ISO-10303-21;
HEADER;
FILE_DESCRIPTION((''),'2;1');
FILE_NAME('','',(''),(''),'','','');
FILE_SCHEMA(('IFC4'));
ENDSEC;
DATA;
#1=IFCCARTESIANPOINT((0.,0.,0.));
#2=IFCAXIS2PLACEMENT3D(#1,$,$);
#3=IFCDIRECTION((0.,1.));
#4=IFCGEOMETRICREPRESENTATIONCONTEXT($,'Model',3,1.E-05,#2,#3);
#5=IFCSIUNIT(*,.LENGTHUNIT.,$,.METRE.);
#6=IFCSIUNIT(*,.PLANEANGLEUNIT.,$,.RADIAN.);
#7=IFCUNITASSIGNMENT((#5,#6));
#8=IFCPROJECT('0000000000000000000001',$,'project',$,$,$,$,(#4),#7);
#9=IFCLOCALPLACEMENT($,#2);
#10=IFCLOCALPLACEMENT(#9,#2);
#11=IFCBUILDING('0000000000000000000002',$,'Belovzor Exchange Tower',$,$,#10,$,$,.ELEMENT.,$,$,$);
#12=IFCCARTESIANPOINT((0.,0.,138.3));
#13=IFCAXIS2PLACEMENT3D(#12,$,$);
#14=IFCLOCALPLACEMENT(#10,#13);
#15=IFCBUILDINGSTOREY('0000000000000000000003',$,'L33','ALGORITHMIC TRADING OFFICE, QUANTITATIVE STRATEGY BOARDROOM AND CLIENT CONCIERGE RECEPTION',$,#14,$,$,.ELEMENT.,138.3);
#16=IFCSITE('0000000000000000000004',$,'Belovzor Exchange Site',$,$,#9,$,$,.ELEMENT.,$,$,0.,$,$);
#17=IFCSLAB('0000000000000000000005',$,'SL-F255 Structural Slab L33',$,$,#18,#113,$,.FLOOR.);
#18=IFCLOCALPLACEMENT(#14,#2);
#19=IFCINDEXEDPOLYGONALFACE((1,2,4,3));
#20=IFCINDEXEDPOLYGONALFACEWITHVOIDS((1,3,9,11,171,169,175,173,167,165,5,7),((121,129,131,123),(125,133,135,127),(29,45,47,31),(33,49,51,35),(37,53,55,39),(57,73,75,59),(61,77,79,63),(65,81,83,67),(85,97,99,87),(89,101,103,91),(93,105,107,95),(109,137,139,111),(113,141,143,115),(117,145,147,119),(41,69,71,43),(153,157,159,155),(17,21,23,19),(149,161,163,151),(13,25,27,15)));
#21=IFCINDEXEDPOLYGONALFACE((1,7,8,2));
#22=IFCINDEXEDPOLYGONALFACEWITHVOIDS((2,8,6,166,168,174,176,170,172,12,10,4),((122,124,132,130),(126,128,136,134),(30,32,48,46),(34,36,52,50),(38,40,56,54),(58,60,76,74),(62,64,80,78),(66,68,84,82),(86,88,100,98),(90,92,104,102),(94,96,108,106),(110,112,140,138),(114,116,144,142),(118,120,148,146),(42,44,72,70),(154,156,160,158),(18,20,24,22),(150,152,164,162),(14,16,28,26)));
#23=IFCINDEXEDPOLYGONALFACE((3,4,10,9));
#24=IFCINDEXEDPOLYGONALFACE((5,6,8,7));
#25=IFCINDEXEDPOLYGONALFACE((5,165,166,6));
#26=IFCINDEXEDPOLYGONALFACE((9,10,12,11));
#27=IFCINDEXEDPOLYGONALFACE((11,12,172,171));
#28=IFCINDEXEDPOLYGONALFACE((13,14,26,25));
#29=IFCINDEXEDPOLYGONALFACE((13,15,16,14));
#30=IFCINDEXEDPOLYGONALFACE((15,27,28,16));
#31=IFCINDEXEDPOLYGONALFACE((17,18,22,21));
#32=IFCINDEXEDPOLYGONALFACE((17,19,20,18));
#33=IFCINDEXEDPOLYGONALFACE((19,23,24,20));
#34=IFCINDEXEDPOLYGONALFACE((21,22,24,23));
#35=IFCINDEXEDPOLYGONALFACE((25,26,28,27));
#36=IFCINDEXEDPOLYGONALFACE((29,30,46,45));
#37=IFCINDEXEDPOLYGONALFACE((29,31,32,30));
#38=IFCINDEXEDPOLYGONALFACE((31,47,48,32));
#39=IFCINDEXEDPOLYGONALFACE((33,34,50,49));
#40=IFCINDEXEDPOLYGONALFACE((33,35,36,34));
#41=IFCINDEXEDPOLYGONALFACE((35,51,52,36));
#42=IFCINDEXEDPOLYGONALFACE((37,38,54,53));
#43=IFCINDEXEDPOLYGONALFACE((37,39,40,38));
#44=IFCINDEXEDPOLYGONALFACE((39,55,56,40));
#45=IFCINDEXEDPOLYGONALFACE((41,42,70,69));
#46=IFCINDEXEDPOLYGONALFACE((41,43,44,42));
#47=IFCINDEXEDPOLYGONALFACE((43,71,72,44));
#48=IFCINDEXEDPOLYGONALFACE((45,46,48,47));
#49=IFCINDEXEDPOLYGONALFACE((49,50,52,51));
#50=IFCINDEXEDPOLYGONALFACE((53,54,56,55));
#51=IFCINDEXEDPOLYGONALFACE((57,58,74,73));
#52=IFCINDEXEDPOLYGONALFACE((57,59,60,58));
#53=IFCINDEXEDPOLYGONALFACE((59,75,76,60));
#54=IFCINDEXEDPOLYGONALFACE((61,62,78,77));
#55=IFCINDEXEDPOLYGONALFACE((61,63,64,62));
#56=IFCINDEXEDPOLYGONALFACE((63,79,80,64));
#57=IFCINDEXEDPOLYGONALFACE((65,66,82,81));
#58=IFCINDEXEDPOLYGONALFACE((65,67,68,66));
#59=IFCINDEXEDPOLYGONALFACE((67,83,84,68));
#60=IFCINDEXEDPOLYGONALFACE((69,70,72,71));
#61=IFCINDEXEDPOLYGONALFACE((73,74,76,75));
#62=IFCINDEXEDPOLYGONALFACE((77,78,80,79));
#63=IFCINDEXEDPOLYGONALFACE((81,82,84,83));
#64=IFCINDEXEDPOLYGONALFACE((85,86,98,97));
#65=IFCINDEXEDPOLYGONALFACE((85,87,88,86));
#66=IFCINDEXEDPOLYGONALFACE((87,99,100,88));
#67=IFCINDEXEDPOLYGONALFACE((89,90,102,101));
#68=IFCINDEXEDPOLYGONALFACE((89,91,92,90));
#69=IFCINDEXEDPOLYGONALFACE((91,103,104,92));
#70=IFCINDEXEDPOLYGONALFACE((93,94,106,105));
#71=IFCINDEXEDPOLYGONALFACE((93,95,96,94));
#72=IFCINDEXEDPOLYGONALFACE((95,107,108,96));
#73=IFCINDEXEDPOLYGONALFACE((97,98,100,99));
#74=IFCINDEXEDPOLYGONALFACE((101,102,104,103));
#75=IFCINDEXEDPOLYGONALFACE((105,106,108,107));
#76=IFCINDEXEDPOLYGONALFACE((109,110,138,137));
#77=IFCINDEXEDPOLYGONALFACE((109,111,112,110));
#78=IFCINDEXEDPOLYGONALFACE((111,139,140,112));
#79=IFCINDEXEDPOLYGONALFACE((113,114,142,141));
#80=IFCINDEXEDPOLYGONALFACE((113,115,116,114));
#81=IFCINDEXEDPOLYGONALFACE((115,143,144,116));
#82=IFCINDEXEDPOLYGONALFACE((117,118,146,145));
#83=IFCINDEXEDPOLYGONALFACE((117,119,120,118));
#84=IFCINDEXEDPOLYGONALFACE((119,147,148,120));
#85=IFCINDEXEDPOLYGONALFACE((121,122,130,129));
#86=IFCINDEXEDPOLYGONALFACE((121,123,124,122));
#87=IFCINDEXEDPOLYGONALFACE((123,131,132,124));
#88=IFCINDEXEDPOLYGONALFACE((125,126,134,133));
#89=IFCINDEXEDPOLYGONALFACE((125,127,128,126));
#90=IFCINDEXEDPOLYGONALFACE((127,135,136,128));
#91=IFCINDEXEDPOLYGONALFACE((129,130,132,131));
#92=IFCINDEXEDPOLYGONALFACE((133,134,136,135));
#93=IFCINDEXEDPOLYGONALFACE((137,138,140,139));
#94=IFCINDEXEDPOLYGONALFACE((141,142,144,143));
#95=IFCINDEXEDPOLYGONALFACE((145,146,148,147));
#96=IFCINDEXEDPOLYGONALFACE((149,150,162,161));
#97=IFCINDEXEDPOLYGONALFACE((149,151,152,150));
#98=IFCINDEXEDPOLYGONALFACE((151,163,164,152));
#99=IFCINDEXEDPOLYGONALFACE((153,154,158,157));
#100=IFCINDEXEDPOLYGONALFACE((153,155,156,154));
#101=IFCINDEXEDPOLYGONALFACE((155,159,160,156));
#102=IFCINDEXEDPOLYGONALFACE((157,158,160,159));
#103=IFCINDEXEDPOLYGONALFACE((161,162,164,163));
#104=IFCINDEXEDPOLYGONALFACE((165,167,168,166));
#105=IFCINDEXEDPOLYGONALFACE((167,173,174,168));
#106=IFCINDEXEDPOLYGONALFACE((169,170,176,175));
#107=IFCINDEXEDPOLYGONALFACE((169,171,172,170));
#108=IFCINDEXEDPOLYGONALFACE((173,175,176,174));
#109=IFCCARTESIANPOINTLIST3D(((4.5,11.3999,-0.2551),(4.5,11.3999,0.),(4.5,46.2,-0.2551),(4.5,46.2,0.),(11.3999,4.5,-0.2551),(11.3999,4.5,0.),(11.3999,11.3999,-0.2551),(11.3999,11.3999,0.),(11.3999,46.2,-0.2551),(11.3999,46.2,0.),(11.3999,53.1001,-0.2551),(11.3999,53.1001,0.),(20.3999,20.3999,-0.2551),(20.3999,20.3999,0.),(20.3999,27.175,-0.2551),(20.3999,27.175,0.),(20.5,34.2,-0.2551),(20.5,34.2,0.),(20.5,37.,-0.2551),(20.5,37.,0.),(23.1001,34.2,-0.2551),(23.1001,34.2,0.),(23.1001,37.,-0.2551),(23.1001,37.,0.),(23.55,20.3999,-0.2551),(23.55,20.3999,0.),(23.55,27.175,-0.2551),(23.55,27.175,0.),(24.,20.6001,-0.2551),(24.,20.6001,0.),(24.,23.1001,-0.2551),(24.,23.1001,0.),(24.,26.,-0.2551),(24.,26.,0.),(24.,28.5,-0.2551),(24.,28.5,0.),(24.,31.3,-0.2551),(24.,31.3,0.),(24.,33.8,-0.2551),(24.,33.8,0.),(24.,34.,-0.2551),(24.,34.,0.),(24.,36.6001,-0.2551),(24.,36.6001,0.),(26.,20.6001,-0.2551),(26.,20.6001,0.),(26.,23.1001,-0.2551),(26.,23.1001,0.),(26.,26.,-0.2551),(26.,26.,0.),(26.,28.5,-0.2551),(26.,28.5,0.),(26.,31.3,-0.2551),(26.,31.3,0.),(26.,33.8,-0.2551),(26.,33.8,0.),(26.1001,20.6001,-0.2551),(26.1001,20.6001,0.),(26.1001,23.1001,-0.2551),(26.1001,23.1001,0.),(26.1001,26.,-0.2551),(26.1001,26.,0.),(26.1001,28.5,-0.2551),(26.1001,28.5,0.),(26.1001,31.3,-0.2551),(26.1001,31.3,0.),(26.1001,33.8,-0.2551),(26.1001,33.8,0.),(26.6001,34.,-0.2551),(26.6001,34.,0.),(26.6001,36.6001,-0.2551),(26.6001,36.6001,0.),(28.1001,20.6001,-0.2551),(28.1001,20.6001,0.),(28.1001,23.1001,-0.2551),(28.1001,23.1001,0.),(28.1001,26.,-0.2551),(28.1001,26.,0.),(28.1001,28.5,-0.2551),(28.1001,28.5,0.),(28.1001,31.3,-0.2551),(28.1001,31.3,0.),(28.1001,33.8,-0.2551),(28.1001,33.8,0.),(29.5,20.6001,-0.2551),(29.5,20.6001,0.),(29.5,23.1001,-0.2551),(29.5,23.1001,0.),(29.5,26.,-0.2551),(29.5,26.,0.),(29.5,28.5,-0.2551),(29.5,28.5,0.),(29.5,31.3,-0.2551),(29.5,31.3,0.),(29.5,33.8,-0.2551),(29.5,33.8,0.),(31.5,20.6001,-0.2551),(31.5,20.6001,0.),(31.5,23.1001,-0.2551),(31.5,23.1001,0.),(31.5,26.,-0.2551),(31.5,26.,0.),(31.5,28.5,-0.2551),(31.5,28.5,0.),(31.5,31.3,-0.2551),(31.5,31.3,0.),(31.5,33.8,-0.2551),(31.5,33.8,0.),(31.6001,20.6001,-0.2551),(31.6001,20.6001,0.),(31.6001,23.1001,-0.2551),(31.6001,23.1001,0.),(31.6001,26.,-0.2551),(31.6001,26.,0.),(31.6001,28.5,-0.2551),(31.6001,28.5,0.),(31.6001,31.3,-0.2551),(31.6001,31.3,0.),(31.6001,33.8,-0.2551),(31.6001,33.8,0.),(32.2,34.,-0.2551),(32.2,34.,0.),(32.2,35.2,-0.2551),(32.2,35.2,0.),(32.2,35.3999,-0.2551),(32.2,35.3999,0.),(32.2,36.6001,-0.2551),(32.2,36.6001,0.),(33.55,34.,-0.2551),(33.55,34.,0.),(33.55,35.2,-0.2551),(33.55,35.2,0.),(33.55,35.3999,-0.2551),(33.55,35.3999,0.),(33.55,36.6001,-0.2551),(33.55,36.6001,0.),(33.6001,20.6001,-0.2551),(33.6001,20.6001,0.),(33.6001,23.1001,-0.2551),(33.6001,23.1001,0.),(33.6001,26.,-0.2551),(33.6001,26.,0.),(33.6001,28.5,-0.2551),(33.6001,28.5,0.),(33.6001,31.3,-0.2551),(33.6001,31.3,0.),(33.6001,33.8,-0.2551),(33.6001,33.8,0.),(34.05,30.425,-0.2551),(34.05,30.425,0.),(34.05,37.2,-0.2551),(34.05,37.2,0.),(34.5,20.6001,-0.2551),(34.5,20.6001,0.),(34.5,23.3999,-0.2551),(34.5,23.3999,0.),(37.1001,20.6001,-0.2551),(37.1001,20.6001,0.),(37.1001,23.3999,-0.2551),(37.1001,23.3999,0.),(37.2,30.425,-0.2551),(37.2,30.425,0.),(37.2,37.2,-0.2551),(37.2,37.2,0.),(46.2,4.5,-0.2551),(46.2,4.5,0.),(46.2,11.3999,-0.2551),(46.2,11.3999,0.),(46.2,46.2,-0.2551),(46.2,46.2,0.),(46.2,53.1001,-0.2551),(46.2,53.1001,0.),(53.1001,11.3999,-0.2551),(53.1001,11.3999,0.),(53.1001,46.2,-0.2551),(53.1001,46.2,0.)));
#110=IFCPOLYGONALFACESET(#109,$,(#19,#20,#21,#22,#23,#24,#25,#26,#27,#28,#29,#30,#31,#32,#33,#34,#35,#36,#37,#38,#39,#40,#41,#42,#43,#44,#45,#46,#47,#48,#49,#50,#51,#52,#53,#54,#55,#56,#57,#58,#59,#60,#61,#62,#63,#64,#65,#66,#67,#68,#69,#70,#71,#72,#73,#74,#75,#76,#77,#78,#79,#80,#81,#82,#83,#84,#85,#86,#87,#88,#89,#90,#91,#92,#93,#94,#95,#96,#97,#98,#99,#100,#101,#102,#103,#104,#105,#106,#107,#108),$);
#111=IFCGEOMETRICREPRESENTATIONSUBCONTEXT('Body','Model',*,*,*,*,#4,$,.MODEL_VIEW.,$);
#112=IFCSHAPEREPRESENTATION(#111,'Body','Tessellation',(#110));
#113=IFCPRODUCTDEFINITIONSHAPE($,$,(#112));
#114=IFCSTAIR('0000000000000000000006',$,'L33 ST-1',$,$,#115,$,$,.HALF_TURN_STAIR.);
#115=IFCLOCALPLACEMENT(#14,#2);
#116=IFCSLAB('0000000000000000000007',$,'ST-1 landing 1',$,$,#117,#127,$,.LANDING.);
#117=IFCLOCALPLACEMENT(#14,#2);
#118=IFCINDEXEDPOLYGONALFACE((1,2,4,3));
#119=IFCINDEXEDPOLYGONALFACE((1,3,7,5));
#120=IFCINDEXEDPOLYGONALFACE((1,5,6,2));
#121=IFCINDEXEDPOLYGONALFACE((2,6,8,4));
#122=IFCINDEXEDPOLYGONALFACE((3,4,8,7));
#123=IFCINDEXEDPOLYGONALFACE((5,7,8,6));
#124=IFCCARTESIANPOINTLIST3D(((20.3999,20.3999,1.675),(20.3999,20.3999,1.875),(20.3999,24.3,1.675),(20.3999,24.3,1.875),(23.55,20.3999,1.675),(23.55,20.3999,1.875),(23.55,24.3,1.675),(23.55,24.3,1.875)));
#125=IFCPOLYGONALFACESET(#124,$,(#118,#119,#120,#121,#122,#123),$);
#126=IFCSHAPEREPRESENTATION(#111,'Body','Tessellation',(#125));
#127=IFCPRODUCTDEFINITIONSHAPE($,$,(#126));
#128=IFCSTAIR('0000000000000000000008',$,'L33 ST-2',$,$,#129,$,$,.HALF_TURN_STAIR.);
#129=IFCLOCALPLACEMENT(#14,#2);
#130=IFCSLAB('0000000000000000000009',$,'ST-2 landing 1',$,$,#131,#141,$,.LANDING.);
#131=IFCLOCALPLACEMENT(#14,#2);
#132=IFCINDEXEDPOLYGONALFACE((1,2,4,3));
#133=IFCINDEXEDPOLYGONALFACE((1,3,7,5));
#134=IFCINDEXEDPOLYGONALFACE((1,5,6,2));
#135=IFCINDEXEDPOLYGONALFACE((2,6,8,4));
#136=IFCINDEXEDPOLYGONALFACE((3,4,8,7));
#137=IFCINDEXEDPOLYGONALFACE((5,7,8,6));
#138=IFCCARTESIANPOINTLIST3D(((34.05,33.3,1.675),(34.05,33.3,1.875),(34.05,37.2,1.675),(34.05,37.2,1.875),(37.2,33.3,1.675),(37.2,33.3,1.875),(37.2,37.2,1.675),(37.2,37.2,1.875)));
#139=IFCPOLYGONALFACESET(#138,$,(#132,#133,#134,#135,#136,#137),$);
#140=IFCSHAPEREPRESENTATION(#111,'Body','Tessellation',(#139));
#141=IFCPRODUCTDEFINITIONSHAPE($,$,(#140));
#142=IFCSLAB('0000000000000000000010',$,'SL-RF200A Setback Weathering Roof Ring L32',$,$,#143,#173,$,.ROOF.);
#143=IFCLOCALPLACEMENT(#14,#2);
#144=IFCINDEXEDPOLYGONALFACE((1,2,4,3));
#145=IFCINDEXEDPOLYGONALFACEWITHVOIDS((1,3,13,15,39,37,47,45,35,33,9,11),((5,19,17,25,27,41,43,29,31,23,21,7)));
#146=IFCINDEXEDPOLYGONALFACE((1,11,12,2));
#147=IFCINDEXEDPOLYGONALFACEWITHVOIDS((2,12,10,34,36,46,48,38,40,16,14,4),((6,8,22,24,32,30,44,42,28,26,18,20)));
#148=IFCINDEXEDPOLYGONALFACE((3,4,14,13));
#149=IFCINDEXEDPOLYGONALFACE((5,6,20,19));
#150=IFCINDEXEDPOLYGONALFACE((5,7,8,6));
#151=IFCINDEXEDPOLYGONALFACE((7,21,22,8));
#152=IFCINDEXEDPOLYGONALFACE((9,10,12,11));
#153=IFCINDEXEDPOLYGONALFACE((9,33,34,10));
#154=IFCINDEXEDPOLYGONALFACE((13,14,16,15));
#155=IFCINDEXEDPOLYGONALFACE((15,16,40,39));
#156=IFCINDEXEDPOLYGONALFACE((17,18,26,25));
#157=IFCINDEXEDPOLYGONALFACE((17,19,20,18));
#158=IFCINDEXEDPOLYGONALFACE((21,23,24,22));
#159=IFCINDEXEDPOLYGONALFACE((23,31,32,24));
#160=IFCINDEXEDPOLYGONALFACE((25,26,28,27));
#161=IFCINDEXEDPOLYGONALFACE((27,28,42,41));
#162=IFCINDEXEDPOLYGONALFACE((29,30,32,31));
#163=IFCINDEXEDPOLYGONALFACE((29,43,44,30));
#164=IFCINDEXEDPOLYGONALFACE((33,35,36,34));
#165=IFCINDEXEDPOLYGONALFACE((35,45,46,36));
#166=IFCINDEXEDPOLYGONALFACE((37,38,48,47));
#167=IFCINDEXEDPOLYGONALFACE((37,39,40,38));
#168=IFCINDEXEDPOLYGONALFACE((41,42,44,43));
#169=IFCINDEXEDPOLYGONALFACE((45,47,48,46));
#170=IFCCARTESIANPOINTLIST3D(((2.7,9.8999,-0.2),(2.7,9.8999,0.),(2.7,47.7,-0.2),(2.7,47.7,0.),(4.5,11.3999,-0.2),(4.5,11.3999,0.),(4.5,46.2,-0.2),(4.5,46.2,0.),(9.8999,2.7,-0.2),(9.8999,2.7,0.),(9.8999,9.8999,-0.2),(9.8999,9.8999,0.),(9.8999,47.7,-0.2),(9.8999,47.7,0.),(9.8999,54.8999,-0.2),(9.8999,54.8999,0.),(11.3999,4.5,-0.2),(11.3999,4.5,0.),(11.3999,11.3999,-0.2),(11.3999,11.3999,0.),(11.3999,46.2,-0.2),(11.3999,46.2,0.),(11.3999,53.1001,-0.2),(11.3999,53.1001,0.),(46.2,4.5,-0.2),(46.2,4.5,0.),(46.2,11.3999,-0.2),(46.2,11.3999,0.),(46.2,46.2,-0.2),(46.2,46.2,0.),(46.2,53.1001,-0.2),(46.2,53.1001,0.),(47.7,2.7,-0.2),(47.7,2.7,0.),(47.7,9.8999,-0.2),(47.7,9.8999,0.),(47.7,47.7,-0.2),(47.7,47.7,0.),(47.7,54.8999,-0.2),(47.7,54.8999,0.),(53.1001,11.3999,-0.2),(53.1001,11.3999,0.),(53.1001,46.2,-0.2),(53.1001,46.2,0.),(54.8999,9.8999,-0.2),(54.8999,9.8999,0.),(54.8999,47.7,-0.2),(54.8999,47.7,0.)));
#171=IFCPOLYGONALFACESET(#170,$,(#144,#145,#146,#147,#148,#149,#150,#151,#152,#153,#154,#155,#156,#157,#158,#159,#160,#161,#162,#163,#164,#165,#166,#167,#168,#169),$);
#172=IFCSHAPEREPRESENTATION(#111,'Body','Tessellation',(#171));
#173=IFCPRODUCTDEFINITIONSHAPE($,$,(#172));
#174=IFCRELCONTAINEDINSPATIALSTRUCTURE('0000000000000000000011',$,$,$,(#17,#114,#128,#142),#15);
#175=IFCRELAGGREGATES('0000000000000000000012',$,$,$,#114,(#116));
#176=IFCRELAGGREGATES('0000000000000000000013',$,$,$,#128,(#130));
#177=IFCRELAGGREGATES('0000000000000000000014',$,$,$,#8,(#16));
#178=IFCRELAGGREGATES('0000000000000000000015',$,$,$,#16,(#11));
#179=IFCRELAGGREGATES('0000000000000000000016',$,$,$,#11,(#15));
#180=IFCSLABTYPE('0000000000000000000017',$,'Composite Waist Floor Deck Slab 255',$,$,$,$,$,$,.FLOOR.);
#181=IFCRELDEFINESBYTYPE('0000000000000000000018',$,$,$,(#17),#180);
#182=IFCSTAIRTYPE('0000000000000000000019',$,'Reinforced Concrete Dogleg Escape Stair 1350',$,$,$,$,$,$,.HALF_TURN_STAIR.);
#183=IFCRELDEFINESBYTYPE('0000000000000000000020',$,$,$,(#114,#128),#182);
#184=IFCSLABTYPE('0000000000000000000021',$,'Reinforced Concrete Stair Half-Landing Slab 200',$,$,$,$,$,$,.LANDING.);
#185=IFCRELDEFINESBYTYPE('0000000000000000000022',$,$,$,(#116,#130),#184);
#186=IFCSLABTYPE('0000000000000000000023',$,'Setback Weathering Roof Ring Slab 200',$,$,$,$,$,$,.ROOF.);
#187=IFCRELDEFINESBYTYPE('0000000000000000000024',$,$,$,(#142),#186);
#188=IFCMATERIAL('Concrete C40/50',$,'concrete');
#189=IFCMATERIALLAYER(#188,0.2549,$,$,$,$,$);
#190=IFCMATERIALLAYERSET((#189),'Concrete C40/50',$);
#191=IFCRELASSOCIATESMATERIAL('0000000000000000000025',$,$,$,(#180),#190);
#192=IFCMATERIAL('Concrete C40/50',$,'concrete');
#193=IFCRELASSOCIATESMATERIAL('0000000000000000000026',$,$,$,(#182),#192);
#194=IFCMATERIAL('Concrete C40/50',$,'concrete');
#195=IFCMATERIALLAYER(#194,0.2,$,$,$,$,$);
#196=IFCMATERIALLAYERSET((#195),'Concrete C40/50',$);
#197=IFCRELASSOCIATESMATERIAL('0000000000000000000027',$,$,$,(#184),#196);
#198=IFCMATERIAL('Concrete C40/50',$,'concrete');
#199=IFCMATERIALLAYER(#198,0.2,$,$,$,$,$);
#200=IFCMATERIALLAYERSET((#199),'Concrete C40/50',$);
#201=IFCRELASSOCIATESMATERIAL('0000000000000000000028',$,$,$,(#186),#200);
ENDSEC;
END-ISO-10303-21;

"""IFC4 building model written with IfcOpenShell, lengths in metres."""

from ifc_helpers import new_model, si_unit, direction, frame, origin, place, context, subcontext, project, spatial, polyline, outline, extrude, material, layer, layer_set, type_object, element, aggregate, save


model = new_model("IFC4")

# Units and contexts
model_context = context("Model", 3, precision=1e-05, world=origin(), true_north=direction((0.0, 1.0)))
body_context = subcontext(model_context, "Body", "Model", "MODEL_VIEW")
ifc_project = project(units=[si_unit("LENGTHUNIT", "METRE"), si_unit("PLANEANGLEUNIT", "RADIAN")], contexts=[model_context])

# Site, building, storey
site_placement = place(None, origin())
site = spatial("IfcSite", under=ifc_project, at=site_placement, Name="Belovzor Exchange Site", CompositionType="ELEMENT", RefElevation=0.0)
building_placement = place(site_placement, origin())
building = spatial("IfcBuilding", under=site, at=building_placement, Name="Belovzor Exchange Tower", CompositionType="ELEMENT")
storey_placement = place(building_placement, frame((0.0, 0.0, 138.3)))
storey = spatial("IfcBuildingStorey", under=building, at=storey_placement, Name="L33", Description="ALGORITHMIC TRADING OFFICE, QUANTITATIVE STRATEGY BOARDROOM AND CLIENT CONCIERGE RECEPTION", CompositionType="ELEMENT", Elevation=138.3)

# Slab
ifc_material_1 = material(Name="Concrete C40/50", Category="concrete")
ifc_layer_1 = layer(ifc_material_1, 0.2549)
ifc_layer_set_1 = layer_set([ifc_layer_1], Name="Concrete C40/50")
slab_type_1 = type_object("IfcSlabType", Name="Composite Waist Floor Deck Slab 255", PredefinedType="FLOOR", material=ifc_layer_set_1)
slab_1_placement = place(storey_placement, frame((0.0, 0.0, -0.2551)))
element("IfcSlab", 1, at=slab_1_placement, inside=storey, type_object=slab_type_1, Name="SL-F255 Structural Slab L33", PredefinedType="FLOOR", context=body_context, shape_type="SweptSolid", body=[
    extrude(outline(polyline([(11.3999, 4.5), (46.2, 4.5), (46.2, 11.3999), (53.1001, 11.3999), (53.1001, 46.2), (46.2, 46.2), (46.2, 53.1001), (11.3999, 53.1001), (11.3999, 46.2), (4.5, 46.2), (4.5, 11.3999), (11.3999, 11.3999), (11.3999, 4.5)]), holes=[polyline([(20.3999, 27.175), (20.3999, 20.3999), (23.55, 20.3999), (23.55, 27.175), (20.3999, 27.175)]), polyline([(37.2, 30.425), (37.2, 37.2), (34.05, 37.2), (34.05, 30.425), (37.2, 30.425)]), polyline([(20.5, 34.2), (23.1001, 34.2), (23.1001, 37.0), (20.5, 37.0), (20.5, 34.2)]), polyline([(34.5, 20.6001), (37.1001, 20.6001), (37.1001, 23.3999), (34.5, 23.3999), (34.5, 20.6001)]), polyline([(24.0, 34.0), (26.6001, 34.0), (26.6001, 36.6001), (24.0, 36.6001), (24.0, 34.0)]), polyline([(24.0, 20.6001), (26.0, 20.6001), (26.0, 23.1001), (24.0, 23.1001), (24.0, 20.6001)]), polyline([(26.1001, 20.6001), (28.1001, 20.6001), (28.1001, 23.1001), (26.1001, 23.1001), (26.1001, 20.6001)]), polyline([(29.5, 20.6001), (31.5, 20.6001), (31.5, 23.1001), (29.5, 23.1001), (29.5, 20.6001)]), polyline([(31.6001, 20.6001), (33.6001, 20.6001), (33.6001, 23.1001), (31.6001, 23.1001), (31.6001, 20.6001)]), polyline([(24.0, 26.0), (26.0, 26.0), (26.0, 28.5), (24.0, 28.5), (24.0, 26.0)]), polyline([(26.1001, 26.0), (28.1001, 26.0), (28.1001, 28.5), (26.1001, 28.5), (26.1001, 26.0)]), polyline([(29.5, 26.0), (31.5, 26.0), (31.5, 28.5), (29.5, 28.5), (29.5, 26.0)]), polyline([(31.6001, 26.0), (33.6001, 26.0), (33.6001, 28.5), (31.6001, 28.5), (31.6001, 26.0)]), polyline([(24.0, 31.3), (26.0, 31.3), (26.0, 33.8), (24.0, 33.8), (24.0, 31.3)]), polyline([(26.1001, 31.3), (28.1001, 31.3), (28.1001, 33.8), (26.1001, 33.8), (26.1001, 31.3)]), polyline([(29.5, 31.3), (31.5, 31.3), (31.5, 33.8), (29.5, 33.8), (29.5, 31.3)]), polyline([(31.6001, 31.3), (33.6001, 31.3), (33.6001, 33.8), (31.6001, 33.8), (31.6001, 31.3)]), polyline([(32.2, 34.0), (33.55, 34.0), (33.55, 35.2), (32.2, 35.2), (32.2, 34.0)]), polyline([(32.2, 35.3999), (33.55, 35.3999), (33.55, 36.6001), (32.2, 36.6001), (32.2, 35.3999)])]), origin(), (0.0, 0.0, 1.0), 0.2551),
])

# Stairs, slabs
ifc_material_2 = material(Name="Concrete C40/50", Category="concrete")
stair_type = type_object("IfcStairType", Name="Reinforced Concrete Dogleg Escape Stair 1350", PredefinedType="HALF_TURN_STAIR", material=ifc_material_2)
stair_1_placement = place(storey_placement, origin())
stair_1 = element("IfcStair", 2, at=stair_1_placement, inside=storey, type_object=stair_type, Name="L33 ST-1", PredefinedType="HALF_TURN_STAIR")
ifc_material_3 = material(Name="Concrete C40/50", Category="concrete")
ifc_layer_2 = layer(ifc_material_3, 0.2)
ifc_layer_set_2 = layer_set([ifc_layer_2], Name="Concrete C40/50")
slab_type_2 = type_object("IfcSlabType", Name="Reinforced Concrete Stair Half-Landing Slab 200", PredefinedType="LANDING", material=ifc_layer_set_2)
slab_2_placement = place(storey_placement, frame((0.0, 0.0, 1.675)))
slab_2 = element("IfcSlab", 3, at=slab_2_placement, type_object=slab_type_2, Name="ST-1 landing 1", PredefinedType="LANDING", context=body_context, shape_type="SweptSolid", body=[
    extrude(outline(polyline([(20.3999, 24.3), (20.3999, 20.3999), (23.55, 20.3999), (23.55, 24.3), (20.3999, 24.3)])), origin(), (0.0, 0.0, 1.0), 0.2),
])
aggregate(stair_1, [slab_2])
stair_2_placement = place(storey_placement, origin())
stair_2 = element("IfcStair", 4, at=stair_2_placement, inside=storey, type_object=stair_type, Name="L33 ST-2", PredefinedType="HALF_TURN_STAIR")
slab_3_placement = place(storey_placement, frame((0.0, 0.0, 1.675)))
slab_3 = element("IfcSlab", 5, at=slab_3_placement, type_object=slab_type_2, Name="ST-2 landing 1", PredefinedType="LANDING", context=body_context, shape_type="SweptSolid", body=[
    extrude(outline(polyline([(37.2, 33.3), (37.2, 37.2), (34.05, 37.2), (34.05, 33.3), (37.2, 33.3)])), origin(), (0.0, 0.0, 1.0), 0.2),
])
aggregate(stair_2, [slab_3])

# Slab
ifc_material_4 = material(Name="Concrete C40/50", Category="concrete")
ifc_layer_3 = layer(ifc_material_4, 0.2)
ifc_layer_set_3 = layer_set([ifc_layer_3], Name="Concrete C40/50")
slab_type_3 = type_object("IfcSlabType", Name="Setback Weathering Roof Ring Slab 200", PredefinedType="ROOF", material=ifc_layer_set_3)
slab_4_placement = place(storey_placement, frame((0.0, 0.0, -0.2)))
element("IfcSlab", 6, at=slab_4_placement, inside=storey, type_object=slab_type_3, Name="SL-RF200A Setback Weathering Roof Ring L32", PredefinedType="ROOF", context=body_context, shape_type="SweptSolid", body=[
    extrude(outline(polyline([(9.8999, 2.7), (47.7, 2.7), (47.7, 9.8999), (54.8999, 9.8999), (54.8999, 47.7), (47.7, 47.7), (47.7, 54.8999), (9.8999, 54.8999), (9.8999, 47.7), (2.7, 47.7), (2.7, 9.8999), (9.8999, 9.8999), (9.8999, 2.7)]), holes=[polyline([(11.3999, 4.5), (46.2, 4.5), (46.2, 11.3999), (53.1001, 11.3999), (53.1001, 46.2), (46.2, 46.2), (46.2, 53.1001), (11.3999, 53.1001), (11.3999, 46.2), (4.5, 46.2), (4.5, 11.3999), (11.3999, 11.3999), (11.3999, 4.5)])]), origin(), (0.0, 0.0, 1.0), 0.2),
])

save(model, "model.ifc")
